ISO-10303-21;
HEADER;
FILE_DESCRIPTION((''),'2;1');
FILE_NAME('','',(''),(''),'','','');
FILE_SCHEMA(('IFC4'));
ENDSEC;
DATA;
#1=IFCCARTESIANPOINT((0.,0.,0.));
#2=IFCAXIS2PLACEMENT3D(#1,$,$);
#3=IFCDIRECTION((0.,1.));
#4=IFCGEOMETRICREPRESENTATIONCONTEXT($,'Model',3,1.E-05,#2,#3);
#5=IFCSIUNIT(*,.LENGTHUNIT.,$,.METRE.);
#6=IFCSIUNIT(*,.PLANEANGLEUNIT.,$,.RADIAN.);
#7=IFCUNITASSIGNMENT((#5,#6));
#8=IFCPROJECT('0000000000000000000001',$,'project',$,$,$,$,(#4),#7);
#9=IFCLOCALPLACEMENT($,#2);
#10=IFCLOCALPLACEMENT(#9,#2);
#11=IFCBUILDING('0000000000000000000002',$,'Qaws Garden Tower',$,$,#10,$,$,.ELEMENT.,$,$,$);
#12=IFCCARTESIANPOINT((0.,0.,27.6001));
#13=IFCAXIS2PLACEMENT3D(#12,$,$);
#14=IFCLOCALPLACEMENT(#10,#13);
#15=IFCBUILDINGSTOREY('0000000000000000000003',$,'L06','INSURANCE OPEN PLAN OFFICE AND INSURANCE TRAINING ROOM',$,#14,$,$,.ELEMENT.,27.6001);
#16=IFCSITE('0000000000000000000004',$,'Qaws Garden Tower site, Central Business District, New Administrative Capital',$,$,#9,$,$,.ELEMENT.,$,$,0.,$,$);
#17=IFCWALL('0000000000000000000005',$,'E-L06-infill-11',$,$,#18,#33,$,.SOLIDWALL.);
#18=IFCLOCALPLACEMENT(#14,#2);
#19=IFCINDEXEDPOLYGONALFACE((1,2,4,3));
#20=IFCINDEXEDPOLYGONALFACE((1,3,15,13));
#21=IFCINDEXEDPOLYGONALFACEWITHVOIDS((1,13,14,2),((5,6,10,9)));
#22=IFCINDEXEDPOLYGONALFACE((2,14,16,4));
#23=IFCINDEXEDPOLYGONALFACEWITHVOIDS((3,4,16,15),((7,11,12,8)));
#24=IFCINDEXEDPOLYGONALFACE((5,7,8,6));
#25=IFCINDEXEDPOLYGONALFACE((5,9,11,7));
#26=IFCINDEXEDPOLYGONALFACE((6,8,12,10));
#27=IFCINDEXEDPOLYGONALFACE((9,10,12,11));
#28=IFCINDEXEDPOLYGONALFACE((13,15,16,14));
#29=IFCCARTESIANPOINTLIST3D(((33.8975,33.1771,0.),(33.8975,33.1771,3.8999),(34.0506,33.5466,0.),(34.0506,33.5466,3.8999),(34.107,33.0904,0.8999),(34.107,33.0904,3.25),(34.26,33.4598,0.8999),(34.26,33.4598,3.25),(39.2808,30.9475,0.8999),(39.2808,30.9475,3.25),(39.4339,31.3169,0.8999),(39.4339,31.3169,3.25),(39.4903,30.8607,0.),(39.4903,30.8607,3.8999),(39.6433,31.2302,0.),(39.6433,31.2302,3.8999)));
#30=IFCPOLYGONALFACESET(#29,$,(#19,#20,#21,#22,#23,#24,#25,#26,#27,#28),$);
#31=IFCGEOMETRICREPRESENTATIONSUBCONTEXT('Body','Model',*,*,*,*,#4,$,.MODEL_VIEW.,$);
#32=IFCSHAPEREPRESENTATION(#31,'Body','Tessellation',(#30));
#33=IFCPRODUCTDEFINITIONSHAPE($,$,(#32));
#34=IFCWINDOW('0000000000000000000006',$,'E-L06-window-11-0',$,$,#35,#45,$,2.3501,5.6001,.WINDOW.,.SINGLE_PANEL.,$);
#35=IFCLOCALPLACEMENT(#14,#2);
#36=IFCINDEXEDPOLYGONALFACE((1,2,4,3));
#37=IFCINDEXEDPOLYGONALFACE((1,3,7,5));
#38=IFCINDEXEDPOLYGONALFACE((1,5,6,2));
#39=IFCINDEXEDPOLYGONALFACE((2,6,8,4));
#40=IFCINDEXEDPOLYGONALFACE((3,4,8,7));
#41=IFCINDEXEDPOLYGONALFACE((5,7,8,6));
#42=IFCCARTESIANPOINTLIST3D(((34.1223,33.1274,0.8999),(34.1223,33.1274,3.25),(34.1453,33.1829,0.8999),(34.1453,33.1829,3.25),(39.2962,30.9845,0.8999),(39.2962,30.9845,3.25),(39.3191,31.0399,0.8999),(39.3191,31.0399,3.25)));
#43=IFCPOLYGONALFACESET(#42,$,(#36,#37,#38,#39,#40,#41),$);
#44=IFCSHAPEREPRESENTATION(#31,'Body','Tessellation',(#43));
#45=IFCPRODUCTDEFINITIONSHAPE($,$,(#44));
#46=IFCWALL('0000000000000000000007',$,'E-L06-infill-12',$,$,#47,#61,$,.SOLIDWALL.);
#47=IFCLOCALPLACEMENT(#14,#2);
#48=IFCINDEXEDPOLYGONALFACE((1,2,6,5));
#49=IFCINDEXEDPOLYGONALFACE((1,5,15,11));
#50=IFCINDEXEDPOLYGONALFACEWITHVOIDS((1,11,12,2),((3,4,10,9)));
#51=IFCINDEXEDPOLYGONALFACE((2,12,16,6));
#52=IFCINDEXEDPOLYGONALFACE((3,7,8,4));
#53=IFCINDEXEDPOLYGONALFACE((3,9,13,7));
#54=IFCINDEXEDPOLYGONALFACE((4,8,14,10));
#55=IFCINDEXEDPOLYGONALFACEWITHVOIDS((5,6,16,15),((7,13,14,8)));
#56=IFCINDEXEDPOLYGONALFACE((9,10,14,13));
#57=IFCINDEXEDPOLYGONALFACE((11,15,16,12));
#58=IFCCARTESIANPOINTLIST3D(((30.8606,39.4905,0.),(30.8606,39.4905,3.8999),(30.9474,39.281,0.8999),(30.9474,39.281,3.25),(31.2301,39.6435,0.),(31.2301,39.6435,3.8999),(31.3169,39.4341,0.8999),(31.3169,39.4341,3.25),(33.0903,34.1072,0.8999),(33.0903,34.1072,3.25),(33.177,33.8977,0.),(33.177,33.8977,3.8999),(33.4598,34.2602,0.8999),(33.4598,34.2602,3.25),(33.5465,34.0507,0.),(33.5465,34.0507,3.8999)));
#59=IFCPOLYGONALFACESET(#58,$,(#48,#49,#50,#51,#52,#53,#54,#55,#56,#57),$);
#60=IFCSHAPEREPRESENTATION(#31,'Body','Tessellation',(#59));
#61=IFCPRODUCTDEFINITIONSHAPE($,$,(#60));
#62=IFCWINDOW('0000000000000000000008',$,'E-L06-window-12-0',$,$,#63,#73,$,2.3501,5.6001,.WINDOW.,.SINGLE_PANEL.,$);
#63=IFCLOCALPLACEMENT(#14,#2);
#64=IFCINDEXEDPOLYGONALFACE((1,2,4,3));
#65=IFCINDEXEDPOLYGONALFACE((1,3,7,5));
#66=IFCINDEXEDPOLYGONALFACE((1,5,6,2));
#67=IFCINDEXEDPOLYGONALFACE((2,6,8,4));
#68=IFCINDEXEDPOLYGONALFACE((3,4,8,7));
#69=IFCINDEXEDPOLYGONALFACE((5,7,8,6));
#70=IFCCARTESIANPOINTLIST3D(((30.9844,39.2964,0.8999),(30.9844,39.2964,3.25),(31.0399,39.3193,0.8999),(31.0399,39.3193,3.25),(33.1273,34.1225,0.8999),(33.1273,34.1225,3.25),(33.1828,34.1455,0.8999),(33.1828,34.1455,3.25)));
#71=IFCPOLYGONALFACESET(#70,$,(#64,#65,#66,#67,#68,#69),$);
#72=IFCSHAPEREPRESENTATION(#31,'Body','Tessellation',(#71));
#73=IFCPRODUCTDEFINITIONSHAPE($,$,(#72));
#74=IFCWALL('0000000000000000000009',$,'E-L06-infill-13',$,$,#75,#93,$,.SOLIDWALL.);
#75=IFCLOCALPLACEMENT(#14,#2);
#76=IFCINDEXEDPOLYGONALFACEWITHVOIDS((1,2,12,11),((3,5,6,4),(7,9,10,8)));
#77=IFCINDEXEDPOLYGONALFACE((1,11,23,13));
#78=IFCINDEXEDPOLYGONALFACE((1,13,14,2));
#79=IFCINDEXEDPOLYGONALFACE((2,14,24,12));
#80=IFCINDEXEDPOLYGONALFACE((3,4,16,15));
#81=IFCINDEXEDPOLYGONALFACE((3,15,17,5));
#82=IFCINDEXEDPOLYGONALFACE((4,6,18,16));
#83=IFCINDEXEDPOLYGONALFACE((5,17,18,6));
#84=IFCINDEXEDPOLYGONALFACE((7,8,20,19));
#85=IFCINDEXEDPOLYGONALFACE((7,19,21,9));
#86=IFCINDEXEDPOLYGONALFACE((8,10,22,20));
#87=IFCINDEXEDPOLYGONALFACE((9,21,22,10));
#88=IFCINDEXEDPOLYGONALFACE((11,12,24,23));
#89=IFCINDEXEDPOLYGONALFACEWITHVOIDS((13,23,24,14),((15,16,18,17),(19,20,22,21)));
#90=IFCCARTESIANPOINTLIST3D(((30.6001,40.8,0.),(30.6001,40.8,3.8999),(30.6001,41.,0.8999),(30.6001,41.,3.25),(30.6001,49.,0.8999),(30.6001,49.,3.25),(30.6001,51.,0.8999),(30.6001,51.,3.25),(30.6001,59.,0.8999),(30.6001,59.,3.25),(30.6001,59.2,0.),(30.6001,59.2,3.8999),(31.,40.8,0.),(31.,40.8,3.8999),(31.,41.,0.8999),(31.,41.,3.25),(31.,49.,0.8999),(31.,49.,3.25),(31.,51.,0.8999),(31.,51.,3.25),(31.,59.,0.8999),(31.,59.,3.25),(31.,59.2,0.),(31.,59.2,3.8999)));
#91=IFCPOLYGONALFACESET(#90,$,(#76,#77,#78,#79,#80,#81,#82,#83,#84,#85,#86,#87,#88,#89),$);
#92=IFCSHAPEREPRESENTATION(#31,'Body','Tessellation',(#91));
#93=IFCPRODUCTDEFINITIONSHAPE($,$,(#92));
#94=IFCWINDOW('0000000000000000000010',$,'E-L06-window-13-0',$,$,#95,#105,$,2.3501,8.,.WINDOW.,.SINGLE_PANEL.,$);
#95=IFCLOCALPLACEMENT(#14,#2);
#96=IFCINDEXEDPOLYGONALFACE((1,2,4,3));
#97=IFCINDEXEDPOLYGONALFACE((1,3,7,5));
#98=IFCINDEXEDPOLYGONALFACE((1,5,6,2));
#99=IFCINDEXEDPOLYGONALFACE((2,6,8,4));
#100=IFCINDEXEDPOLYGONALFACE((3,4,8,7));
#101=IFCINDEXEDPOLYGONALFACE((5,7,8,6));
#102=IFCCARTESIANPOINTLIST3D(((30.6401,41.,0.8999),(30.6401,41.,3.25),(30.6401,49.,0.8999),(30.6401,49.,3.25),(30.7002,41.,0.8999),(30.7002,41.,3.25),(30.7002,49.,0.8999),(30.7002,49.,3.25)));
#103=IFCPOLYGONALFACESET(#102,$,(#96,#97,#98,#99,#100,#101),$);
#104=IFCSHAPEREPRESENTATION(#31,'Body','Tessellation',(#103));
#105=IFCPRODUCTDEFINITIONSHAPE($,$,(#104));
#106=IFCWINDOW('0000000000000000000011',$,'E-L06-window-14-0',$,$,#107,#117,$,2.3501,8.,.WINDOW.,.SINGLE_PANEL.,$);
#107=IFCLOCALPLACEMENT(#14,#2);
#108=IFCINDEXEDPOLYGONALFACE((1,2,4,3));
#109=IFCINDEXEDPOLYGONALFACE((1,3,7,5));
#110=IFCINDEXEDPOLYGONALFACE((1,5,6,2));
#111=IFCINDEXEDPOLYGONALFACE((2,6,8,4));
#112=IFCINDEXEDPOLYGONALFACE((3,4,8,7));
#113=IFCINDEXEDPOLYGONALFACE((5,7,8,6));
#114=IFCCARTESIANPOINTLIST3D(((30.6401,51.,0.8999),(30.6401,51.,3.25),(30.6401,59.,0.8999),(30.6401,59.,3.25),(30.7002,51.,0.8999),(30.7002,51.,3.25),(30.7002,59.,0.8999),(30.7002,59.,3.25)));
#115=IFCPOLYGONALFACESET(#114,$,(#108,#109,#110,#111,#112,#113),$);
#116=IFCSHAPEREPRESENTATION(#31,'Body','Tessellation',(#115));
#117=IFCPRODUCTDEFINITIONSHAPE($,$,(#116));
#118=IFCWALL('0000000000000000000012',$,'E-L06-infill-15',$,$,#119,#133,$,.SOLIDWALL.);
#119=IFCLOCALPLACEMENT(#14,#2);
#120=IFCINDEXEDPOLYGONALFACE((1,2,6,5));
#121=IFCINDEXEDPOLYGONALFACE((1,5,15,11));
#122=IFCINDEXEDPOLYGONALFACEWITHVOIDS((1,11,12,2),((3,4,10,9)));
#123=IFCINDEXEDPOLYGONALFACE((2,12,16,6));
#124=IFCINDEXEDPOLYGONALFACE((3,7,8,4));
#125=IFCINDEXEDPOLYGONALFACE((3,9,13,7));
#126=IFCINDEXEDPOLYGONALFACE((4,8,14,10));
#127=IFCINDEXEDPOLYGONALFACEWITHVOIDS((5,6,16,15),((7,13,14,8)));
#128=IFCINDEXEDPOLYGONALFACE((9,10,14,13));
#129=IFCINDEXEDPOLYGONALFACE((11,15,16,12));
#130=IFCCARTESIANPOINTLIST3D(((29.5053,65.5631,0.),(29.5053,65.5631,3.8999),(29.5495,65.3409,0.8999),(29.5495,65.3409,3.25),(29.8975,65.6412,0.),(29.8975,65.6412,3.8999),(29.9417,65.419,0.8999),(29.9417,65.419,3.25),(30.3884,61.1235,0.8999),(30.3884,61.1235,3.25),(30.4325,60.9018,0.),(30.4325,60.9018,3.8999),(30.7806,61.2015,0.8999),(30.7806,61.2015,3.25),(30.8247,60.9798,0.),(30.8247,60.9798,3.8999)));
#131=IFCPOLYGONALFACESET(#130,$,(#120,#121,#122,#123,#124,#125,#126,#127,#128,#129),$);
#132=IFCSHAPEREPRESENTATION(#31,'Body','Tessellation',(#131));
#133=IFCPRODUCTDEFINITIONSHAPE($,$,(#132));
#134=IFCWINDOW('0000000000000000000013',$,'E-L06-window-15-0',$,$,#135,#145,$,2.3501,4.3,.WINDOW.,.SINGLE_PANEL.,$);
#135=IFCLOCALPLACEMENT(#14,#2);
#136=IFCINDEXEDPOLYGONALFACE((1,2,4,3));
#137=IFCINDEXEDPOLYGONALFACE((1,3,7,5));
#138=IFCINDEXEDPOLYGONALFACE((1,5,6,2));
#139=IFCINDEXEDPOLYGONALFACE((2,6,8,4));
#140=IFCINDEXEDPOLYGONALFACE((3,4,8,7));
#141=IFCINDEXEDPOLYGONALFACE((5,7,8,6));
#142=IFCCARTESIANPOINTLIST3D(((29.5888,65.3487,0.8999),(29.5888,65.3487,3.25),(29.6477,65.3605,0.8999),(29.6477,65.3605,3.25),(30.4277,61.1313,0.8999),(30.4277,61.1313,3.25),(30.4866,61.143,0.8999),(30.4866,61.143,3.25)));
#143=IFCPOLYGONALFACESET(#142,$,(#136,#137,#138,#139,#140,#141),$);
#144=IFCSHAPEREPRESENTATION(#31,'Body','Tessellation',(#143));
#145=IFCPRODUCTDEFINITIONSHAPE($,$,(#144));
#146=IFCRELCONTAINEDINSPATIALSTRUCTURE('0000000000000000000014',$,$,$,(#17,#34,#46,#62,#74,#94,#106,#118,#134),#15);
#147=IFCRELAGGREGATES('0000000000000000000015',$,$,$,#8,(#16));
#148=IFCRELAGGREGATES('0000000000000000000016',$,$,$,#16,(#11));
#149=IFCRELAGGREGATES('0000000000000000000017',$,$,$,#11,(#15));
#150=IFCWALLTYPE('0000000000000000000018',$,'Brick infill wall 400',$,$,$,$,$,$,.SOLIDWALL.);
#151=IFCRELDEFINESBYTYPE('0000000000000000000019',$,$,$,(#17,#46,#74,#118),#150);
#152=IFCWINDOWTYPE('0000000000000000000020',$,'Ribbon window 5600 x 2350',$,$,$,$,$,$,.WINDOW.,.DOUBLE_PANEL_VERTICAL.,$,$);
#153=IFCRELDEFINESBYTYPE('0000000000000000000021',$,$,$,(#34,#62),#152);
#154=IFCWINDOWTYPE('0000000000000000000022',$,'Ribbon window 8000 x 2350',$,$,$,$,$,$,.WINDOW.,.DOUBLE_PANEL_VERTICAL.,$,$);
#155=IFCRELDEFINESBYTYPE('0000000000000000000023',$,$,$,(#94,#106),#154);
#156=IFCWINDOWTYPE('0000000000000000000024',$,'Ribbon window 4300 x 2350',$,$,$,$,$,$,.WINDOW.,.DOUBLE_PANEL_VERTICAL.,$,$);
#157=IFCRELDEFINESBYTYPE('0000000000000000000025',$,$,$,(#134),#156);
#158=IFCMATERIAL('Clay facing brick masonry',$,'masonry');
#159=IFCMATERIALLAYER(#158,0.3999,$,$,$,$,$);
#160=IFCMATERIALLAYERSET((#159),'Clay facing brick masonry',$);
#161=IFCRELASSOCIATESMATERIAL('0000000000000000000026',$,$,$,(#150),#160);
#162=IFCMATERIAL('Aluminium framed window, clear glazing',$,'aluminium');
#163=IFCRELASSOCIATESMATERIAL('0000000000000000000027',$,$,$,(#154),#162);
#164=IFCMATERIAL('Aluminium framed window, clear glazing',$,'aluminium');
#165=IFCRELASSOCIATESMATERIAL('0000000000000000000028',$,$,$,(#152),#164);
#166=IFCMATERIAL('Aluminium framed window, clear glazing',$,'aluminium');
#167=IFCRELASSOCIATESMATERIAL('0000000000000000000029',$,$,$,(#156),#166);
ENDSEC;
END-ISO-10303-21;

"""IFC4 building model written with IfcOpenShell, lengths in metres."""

from ifc_helpers import new_model, si_unit, direction, frame, frame_2d, origin, place, context, subcontext, project, spatial, rectangle, extrude, material, layer, layer_set, type_object, element, fill, save


model = new_model("IFC4")

# Units and contexts
model_context = context("Model", 3, precision=1e-05, world=origin(), true_north=direction((0.0, 1.0)))
body_context = subcontext(model_context, "Body", "Model", "MODEL_VIEW")
ifc_project = project(units=[si_unit("LENGTHUNIT", "METRE"), si_unit("PLANEANGLEUNIT", "RADIAN")], contexts=[model_context])

# Site, building, storey
site_placement = place(None, origin())
site = spatial("IfcSite", under=ifc_project, at=site_placement, Name="Qaws Garden Tower site, Central Business District, New Administrative Capital", CompositionType="ELEMENT", RefElevation=0.0)
building_placement = place(site_placement, origin())
building = spatial("IfcBuilding", under=site, at=building_placement, Name="Qaws Garden Tower", CompositionType="ELEMENT")
storey_placement = place(building_placement, frame((0.0, 0.0, 27.6001)))
storey = spatial("IfcBuildingStorey", under=building, at=storey_placement, Name="L06", Description="INSURANCE OPEN PLAN OFFICE AND INSURANCE TRAINING ROOM", CompositionType="ELEMENT", Elevation=27.6001)

# Shared definitions
ifc_material_1 = material(Name="Clay facing brick masonry", Category="masonry")
ifc_layer_1 = layer(ifc_material_1, 0.3999)
ifc_layer_set_1 = layer_set([ifc_layer_1], Name="Clay facing brick masonry")
wall_type_1 = type_object("IfcWallType", Name="Brick infill wall 400", PredefinedType="SOLIDWALL", material=ifc_layer_set_1)
ifc_material_2 = material(Name="Aluminium framed window, clear glazing", Category="aluminium")
window_type_1 = type_object("IfcWindowType", Name="Ribbon window 8000 x 2350", PartitioningType="DOUBLE_PANEL_VERTICAL", PredefinedType="WINDOW", material=ifc_material_2)

# Walls, openings, windows
wall_1_placement = place(storey_placement, frame((39.5669, 31.0454, 0.0), z_axis=(0.0, 0.0, 1.0), x_axis=(-0.923891, 0.382656, 0.0)))
wall_1 = element("IfcWall", 1, at=wall_1_placement, inside=storey, type_object=wall_type_1, Name="E-L06-infill-11", PredefinedType="SOLIDWALL", context=body_context, shape_type="SweptSolid", body=[
    extrude(rectangle(XDim=6.0535, YDim=0.3999, at=frame_2d((3.0269, 0.0))), origin(), (0.0, 0.0, 1.0), 3.8999),
])
opening_1_placement = place(wall_1_placement, frame((0.2268, 0.0, 0.8999)))
opening_1 = element("IfcOpeningElement", 2, at=opening_1_placement, cuts=wall_1, PredefinedType="OPENING", context=body_context, shape_type="SweptSolid", body=[
    extrude(rectangle(XDim=5.6001, YDim=2.3501, at=frame_2d((2.8, 1.175))), frame((0.0, 0.21, 0.0), z_axis=(0.0, -1.0, 0.0), x_axis=(1.0, 0.0, 0.0)), (0.0, 0.0, 1.0), 0.4199),
])
ifc_material_3 = material(Name="Aluminium framed window, clear glazing", Category="aluminium")
window_type_2 = type_object("IfcWindowType", Name="Ribbon window 5600 x 2350", PartitioningType="DOUBLE_PANEL_VERTICAL", PredefinedType="WINDOW", material=ifc_material_3)
window_1_placement = place(opening_1_placement, origin())
window_1 = element("IfcWindow", 3, at=window_1_placement, inside=storey, type_object=window_type_2, Name="E-L06-window-11-0", OverallHeight=2.3501, OverallWidth=5.6001, PartitioningType="SINGLE_PANEL", PredefinedType="WINDOW", context=body_context, shape_type="SweptSolid", body=[
    extrude(rectangle(XDim=5.6001, YDim=2.3501, at=frame_2d((2.8, 1.175))), frame((0.0, 0.1599, 0.0), z_axis=(0.0, -1.0, 0.0), x_axis=(1.0, 0.0, 0.0)), (0.0, 0.0, 1.0), 0.0601),
])
fill(opening_1, window_1)
wall_2_placement = place(storey_placement, frame((33.3618, 33.9741, 0.0), z_axis=(0.0, 0.0, 1.0), x_axis=(-0.382656, 0.923891, 0.0)))
wall_2 = element("IfcWall", 4, at=wall_2_placement, inside=storey, type_object=wall_type_1, Name="E-L06-infill-12", PredefinedType="SOLIDWALL", context=body_context, shape_type="SweptSolid", body=[
    extrude(rectangle(XDim=6.0535, YDim=0.3999, at=frame_2d((3.0269, 0.0))), origin(), (0.0, 0.0, 1.0), 3.8999),
])
opening_2_placement = place(wall_2_placement, frame((0.2268, 0.0, 0.8999)))
opening_2 = element("IfcOpeningElement", 5, at=opening_2_placement, cuts=wall_2, PredefinedType="OPENING", context=body_context, shape_type="SweptSolid", body=[
    extrude(rectangle(XDim=5.6001, YDim=2.3501, at=frame_2d((2.8, 1.175))), frame((0.0, 0.21, 0.0), z_axis=(0.0, -1.0, 0.0), x_axis=(1.0, 0.0, 0.0)), (0.0, 0.0, 1.0), 0.4199),
])
window_2_placement = place(opening_2_placement, origin())
window_2 = element("IfcWindow", 6, at=window_2_placement, inside=storey, type_object=window_type_2, Name="E-L06-window-12-0", OverallHeight=2.3501, OverallWidth=5.6001, PartitioningType="SINGLE_PANEL", PredefinedType="WINDOW", context=body_context, shape_type="SweptSolid", body=[
    extrude(rectangle(XDim=5.6001, YDim=2.3501, at=frame_2d((2.8, 1.175))), frame((0.0, 0.1599, 0.0), z_axis=(0.0, -1.0, 0.0), x_axis=(1.0, 0.0, 0.0)), (0.0, 0.0, 1.0), 0.0601),
])
fill(opening_2, window_2)

# Wall, openings, windows
wall_3_placement = place(storey_placement, frame((30.8, 40.8, 0.0), z_axis=(0.0, 0.0, 1.0), x_axis=(0.0, 1.0, 0.0)))
wall_3 = element("IfcWall", 7, at=wall_3_placement, inside=storey, type_object=wall_type_1, Name="E-L06-infill-13", PredefinedType="SOLIDWALL", context=body_context, shape_type="SweptSolid", body=[
    extrude(rectangle(XDim=18.3999, YDim=0.3999, at=frame_2d((9.2, 0.0))), origin(), (0.0, 0.0, 1.0), 3.8999),
])
opening_3_placement = place(wall_3_placement, frame((0.2, 0.0, 0.8999)))
opening_3 = element("IfcOpeningElement", 8, at=opening_3_placement, cuts=wall_3, PredefinedType="OPENING", context=body_context, shape_type="SweptSolid", body=[
    extrude(rectangle(XDim=8.0, YDim=2.3501, at=frame_2d((4.0, 1.175))), frame((0.0, 0.21, 0.0), z_axis=(0.0, -1.0, 0.0), x_axis=(1.0, 0.0, 0.0)), (0.0, 0.0, 1.0), 0.4199),
])
opening_4_placement = place(wall_3_placement, frame((10.2, 0.0, 0.8999)))
opening_4 = element("IfcOpeningElement", 9, at=opening_4_placement, cuts=wall_3, PredefinedType="OPENING", context=body_context, shape_type="SweptSolid", body=[
    extrude(rectangle(XDim=8.0, YDim=2.3501, at=frame_2d((4.0, 1.175))), frame((0.0, 0.21, 0.0), z_axis=(0.0, -1.0, 0.0), x_axis=(1.0, 0.0, 0.0)), (0.0, 0.0, 1.0), 0.4199),
])
window_3_placement = place(opening_3_placement, origin())
window_3 = element("IfcWindow", 10, at=window_3_placement, inside=storey, type_object=window_type_1, Name="E-L06-window-13-0", OverallHeight=2.3501, OverallWidth=8.0, PartitioningType="SINGLE_PANEL", PredefinedType="WINDOW", context=body_context, shape_type="SweptSolid", body=[
    extrude(rectangle(XDim=8.0, YDim=2.3501, at=frame_2d((4.0, 1.175))), frame((0.0, 0.1599, 0.0), z_axis=(0.0, -1.0, 0.0), x_axis=(1.0, 0.0, 0.0)), (0.0, 0.0, 1.0), 0.0601),
])
fill(opening_3, window_3)
window_4_placement = place(opening_4_placement, origin())
window_4 = element("IfcWindow", 11, at=window_4_placement, inside=storey, type_object=window_type_1, Name="E-L06-window-14-0", OverallHeight=2.3501, OverallWidth=8.0, PartitioningType="SINGLE_PANEL", PredefinedType="WINDOW", context=body_context, shape_type="SweptSolid", body=[
    extrude(rectangle(XDim=8.0, YDim=2.3501, at=frame_2d((4.0, 1.175))), frame((0.0, 0.1599, 0.0), z_axis=(0.0, -1.0, 0.0), x_axis=(1.0, 0.0, 0.0)), (0.0, 0.0, 1.0), 0.0601),
])
fill(opening_4, window_4)

# Wall, opening, window
wall_4_placement = place(storey_placement, frame((30.6287, 60.9407, 0.0), z_axis=(0.0, 0.0, 1.0), x_axis=(-0.195099, 0.980784, 0.0)))
wall_4 = element("IfcWall", 12, at=wall_4_placement, inside=storey, type_object=wall_type_1, Name="E-L06-infill-15", PredefinedType="SOLIDWALL", context=body_context, shape_type="SweptSolid", body=[
    extrude(rectangle(XDim=4.7527, YDim=0.3999, at=frame_2d((2.3765, 0.0))), origin(), (0.0, 0.0, 1.0), 3.8999),
])
opening_5_placement = place(wall_4_placement, frame((0.2263, 0.0, 0.8999)))
opening_5 = element("IfcOpeningElement", 13, at=opening_5_placement, cuts=wall_4, PredefinedType="OPENING", context=body_context, shape_type="SweptSolid", body=[
    extrude(rectangle(XDim=4.3, YDim=2.3501, at=frame_2d((2.1499, 1.175))), frame((0.0, 0.21, 0.0), z_axis=(0.0, -1.0, 0.0), x_axis=(1.0, 0.0, 0.0)), (0.0, 0.0, 1.0), 0.4199),
])
ifc_material_4 = material(Name="Aluminium framed window, clear glazing", Category="aluminium")
window_type_3 = type_object("IfcWindowType", Name="Ribbon window 4300 x 2350", PartitioningType="DOUBLE_PANEL_VERTICAL", PredefinedType="WINDOW", material=ifc_material_4)
window_5_placement = place(opening_5_placement, origin())
window_5 = element("IfcWindow", 14, at=window_5_placement, inside=storey, type_object=window_type_3, Name="E-L06-window-15-0", OverallHeight=2.3501, OverallWidth=4.3, PartitioningType="SINGLE_PANEL", PredefinedType="WINDOW", context=body_context, shape_type="SweptSolid", body=[
    extrude(rectangle(XDim=4.3, YDim=2.3501, at=frame_2d((2.1499, 1.175))), frame((0.0, 0.1599, 0.0), z_axis=(0.0, -1.0, 0.0), x_axis=(1.0, 0.0, 0.0)), (0.0, 0.0, 1.0), 0.0601),
])
fill(opening_5, window_5)

save(model, "model.ifc")
